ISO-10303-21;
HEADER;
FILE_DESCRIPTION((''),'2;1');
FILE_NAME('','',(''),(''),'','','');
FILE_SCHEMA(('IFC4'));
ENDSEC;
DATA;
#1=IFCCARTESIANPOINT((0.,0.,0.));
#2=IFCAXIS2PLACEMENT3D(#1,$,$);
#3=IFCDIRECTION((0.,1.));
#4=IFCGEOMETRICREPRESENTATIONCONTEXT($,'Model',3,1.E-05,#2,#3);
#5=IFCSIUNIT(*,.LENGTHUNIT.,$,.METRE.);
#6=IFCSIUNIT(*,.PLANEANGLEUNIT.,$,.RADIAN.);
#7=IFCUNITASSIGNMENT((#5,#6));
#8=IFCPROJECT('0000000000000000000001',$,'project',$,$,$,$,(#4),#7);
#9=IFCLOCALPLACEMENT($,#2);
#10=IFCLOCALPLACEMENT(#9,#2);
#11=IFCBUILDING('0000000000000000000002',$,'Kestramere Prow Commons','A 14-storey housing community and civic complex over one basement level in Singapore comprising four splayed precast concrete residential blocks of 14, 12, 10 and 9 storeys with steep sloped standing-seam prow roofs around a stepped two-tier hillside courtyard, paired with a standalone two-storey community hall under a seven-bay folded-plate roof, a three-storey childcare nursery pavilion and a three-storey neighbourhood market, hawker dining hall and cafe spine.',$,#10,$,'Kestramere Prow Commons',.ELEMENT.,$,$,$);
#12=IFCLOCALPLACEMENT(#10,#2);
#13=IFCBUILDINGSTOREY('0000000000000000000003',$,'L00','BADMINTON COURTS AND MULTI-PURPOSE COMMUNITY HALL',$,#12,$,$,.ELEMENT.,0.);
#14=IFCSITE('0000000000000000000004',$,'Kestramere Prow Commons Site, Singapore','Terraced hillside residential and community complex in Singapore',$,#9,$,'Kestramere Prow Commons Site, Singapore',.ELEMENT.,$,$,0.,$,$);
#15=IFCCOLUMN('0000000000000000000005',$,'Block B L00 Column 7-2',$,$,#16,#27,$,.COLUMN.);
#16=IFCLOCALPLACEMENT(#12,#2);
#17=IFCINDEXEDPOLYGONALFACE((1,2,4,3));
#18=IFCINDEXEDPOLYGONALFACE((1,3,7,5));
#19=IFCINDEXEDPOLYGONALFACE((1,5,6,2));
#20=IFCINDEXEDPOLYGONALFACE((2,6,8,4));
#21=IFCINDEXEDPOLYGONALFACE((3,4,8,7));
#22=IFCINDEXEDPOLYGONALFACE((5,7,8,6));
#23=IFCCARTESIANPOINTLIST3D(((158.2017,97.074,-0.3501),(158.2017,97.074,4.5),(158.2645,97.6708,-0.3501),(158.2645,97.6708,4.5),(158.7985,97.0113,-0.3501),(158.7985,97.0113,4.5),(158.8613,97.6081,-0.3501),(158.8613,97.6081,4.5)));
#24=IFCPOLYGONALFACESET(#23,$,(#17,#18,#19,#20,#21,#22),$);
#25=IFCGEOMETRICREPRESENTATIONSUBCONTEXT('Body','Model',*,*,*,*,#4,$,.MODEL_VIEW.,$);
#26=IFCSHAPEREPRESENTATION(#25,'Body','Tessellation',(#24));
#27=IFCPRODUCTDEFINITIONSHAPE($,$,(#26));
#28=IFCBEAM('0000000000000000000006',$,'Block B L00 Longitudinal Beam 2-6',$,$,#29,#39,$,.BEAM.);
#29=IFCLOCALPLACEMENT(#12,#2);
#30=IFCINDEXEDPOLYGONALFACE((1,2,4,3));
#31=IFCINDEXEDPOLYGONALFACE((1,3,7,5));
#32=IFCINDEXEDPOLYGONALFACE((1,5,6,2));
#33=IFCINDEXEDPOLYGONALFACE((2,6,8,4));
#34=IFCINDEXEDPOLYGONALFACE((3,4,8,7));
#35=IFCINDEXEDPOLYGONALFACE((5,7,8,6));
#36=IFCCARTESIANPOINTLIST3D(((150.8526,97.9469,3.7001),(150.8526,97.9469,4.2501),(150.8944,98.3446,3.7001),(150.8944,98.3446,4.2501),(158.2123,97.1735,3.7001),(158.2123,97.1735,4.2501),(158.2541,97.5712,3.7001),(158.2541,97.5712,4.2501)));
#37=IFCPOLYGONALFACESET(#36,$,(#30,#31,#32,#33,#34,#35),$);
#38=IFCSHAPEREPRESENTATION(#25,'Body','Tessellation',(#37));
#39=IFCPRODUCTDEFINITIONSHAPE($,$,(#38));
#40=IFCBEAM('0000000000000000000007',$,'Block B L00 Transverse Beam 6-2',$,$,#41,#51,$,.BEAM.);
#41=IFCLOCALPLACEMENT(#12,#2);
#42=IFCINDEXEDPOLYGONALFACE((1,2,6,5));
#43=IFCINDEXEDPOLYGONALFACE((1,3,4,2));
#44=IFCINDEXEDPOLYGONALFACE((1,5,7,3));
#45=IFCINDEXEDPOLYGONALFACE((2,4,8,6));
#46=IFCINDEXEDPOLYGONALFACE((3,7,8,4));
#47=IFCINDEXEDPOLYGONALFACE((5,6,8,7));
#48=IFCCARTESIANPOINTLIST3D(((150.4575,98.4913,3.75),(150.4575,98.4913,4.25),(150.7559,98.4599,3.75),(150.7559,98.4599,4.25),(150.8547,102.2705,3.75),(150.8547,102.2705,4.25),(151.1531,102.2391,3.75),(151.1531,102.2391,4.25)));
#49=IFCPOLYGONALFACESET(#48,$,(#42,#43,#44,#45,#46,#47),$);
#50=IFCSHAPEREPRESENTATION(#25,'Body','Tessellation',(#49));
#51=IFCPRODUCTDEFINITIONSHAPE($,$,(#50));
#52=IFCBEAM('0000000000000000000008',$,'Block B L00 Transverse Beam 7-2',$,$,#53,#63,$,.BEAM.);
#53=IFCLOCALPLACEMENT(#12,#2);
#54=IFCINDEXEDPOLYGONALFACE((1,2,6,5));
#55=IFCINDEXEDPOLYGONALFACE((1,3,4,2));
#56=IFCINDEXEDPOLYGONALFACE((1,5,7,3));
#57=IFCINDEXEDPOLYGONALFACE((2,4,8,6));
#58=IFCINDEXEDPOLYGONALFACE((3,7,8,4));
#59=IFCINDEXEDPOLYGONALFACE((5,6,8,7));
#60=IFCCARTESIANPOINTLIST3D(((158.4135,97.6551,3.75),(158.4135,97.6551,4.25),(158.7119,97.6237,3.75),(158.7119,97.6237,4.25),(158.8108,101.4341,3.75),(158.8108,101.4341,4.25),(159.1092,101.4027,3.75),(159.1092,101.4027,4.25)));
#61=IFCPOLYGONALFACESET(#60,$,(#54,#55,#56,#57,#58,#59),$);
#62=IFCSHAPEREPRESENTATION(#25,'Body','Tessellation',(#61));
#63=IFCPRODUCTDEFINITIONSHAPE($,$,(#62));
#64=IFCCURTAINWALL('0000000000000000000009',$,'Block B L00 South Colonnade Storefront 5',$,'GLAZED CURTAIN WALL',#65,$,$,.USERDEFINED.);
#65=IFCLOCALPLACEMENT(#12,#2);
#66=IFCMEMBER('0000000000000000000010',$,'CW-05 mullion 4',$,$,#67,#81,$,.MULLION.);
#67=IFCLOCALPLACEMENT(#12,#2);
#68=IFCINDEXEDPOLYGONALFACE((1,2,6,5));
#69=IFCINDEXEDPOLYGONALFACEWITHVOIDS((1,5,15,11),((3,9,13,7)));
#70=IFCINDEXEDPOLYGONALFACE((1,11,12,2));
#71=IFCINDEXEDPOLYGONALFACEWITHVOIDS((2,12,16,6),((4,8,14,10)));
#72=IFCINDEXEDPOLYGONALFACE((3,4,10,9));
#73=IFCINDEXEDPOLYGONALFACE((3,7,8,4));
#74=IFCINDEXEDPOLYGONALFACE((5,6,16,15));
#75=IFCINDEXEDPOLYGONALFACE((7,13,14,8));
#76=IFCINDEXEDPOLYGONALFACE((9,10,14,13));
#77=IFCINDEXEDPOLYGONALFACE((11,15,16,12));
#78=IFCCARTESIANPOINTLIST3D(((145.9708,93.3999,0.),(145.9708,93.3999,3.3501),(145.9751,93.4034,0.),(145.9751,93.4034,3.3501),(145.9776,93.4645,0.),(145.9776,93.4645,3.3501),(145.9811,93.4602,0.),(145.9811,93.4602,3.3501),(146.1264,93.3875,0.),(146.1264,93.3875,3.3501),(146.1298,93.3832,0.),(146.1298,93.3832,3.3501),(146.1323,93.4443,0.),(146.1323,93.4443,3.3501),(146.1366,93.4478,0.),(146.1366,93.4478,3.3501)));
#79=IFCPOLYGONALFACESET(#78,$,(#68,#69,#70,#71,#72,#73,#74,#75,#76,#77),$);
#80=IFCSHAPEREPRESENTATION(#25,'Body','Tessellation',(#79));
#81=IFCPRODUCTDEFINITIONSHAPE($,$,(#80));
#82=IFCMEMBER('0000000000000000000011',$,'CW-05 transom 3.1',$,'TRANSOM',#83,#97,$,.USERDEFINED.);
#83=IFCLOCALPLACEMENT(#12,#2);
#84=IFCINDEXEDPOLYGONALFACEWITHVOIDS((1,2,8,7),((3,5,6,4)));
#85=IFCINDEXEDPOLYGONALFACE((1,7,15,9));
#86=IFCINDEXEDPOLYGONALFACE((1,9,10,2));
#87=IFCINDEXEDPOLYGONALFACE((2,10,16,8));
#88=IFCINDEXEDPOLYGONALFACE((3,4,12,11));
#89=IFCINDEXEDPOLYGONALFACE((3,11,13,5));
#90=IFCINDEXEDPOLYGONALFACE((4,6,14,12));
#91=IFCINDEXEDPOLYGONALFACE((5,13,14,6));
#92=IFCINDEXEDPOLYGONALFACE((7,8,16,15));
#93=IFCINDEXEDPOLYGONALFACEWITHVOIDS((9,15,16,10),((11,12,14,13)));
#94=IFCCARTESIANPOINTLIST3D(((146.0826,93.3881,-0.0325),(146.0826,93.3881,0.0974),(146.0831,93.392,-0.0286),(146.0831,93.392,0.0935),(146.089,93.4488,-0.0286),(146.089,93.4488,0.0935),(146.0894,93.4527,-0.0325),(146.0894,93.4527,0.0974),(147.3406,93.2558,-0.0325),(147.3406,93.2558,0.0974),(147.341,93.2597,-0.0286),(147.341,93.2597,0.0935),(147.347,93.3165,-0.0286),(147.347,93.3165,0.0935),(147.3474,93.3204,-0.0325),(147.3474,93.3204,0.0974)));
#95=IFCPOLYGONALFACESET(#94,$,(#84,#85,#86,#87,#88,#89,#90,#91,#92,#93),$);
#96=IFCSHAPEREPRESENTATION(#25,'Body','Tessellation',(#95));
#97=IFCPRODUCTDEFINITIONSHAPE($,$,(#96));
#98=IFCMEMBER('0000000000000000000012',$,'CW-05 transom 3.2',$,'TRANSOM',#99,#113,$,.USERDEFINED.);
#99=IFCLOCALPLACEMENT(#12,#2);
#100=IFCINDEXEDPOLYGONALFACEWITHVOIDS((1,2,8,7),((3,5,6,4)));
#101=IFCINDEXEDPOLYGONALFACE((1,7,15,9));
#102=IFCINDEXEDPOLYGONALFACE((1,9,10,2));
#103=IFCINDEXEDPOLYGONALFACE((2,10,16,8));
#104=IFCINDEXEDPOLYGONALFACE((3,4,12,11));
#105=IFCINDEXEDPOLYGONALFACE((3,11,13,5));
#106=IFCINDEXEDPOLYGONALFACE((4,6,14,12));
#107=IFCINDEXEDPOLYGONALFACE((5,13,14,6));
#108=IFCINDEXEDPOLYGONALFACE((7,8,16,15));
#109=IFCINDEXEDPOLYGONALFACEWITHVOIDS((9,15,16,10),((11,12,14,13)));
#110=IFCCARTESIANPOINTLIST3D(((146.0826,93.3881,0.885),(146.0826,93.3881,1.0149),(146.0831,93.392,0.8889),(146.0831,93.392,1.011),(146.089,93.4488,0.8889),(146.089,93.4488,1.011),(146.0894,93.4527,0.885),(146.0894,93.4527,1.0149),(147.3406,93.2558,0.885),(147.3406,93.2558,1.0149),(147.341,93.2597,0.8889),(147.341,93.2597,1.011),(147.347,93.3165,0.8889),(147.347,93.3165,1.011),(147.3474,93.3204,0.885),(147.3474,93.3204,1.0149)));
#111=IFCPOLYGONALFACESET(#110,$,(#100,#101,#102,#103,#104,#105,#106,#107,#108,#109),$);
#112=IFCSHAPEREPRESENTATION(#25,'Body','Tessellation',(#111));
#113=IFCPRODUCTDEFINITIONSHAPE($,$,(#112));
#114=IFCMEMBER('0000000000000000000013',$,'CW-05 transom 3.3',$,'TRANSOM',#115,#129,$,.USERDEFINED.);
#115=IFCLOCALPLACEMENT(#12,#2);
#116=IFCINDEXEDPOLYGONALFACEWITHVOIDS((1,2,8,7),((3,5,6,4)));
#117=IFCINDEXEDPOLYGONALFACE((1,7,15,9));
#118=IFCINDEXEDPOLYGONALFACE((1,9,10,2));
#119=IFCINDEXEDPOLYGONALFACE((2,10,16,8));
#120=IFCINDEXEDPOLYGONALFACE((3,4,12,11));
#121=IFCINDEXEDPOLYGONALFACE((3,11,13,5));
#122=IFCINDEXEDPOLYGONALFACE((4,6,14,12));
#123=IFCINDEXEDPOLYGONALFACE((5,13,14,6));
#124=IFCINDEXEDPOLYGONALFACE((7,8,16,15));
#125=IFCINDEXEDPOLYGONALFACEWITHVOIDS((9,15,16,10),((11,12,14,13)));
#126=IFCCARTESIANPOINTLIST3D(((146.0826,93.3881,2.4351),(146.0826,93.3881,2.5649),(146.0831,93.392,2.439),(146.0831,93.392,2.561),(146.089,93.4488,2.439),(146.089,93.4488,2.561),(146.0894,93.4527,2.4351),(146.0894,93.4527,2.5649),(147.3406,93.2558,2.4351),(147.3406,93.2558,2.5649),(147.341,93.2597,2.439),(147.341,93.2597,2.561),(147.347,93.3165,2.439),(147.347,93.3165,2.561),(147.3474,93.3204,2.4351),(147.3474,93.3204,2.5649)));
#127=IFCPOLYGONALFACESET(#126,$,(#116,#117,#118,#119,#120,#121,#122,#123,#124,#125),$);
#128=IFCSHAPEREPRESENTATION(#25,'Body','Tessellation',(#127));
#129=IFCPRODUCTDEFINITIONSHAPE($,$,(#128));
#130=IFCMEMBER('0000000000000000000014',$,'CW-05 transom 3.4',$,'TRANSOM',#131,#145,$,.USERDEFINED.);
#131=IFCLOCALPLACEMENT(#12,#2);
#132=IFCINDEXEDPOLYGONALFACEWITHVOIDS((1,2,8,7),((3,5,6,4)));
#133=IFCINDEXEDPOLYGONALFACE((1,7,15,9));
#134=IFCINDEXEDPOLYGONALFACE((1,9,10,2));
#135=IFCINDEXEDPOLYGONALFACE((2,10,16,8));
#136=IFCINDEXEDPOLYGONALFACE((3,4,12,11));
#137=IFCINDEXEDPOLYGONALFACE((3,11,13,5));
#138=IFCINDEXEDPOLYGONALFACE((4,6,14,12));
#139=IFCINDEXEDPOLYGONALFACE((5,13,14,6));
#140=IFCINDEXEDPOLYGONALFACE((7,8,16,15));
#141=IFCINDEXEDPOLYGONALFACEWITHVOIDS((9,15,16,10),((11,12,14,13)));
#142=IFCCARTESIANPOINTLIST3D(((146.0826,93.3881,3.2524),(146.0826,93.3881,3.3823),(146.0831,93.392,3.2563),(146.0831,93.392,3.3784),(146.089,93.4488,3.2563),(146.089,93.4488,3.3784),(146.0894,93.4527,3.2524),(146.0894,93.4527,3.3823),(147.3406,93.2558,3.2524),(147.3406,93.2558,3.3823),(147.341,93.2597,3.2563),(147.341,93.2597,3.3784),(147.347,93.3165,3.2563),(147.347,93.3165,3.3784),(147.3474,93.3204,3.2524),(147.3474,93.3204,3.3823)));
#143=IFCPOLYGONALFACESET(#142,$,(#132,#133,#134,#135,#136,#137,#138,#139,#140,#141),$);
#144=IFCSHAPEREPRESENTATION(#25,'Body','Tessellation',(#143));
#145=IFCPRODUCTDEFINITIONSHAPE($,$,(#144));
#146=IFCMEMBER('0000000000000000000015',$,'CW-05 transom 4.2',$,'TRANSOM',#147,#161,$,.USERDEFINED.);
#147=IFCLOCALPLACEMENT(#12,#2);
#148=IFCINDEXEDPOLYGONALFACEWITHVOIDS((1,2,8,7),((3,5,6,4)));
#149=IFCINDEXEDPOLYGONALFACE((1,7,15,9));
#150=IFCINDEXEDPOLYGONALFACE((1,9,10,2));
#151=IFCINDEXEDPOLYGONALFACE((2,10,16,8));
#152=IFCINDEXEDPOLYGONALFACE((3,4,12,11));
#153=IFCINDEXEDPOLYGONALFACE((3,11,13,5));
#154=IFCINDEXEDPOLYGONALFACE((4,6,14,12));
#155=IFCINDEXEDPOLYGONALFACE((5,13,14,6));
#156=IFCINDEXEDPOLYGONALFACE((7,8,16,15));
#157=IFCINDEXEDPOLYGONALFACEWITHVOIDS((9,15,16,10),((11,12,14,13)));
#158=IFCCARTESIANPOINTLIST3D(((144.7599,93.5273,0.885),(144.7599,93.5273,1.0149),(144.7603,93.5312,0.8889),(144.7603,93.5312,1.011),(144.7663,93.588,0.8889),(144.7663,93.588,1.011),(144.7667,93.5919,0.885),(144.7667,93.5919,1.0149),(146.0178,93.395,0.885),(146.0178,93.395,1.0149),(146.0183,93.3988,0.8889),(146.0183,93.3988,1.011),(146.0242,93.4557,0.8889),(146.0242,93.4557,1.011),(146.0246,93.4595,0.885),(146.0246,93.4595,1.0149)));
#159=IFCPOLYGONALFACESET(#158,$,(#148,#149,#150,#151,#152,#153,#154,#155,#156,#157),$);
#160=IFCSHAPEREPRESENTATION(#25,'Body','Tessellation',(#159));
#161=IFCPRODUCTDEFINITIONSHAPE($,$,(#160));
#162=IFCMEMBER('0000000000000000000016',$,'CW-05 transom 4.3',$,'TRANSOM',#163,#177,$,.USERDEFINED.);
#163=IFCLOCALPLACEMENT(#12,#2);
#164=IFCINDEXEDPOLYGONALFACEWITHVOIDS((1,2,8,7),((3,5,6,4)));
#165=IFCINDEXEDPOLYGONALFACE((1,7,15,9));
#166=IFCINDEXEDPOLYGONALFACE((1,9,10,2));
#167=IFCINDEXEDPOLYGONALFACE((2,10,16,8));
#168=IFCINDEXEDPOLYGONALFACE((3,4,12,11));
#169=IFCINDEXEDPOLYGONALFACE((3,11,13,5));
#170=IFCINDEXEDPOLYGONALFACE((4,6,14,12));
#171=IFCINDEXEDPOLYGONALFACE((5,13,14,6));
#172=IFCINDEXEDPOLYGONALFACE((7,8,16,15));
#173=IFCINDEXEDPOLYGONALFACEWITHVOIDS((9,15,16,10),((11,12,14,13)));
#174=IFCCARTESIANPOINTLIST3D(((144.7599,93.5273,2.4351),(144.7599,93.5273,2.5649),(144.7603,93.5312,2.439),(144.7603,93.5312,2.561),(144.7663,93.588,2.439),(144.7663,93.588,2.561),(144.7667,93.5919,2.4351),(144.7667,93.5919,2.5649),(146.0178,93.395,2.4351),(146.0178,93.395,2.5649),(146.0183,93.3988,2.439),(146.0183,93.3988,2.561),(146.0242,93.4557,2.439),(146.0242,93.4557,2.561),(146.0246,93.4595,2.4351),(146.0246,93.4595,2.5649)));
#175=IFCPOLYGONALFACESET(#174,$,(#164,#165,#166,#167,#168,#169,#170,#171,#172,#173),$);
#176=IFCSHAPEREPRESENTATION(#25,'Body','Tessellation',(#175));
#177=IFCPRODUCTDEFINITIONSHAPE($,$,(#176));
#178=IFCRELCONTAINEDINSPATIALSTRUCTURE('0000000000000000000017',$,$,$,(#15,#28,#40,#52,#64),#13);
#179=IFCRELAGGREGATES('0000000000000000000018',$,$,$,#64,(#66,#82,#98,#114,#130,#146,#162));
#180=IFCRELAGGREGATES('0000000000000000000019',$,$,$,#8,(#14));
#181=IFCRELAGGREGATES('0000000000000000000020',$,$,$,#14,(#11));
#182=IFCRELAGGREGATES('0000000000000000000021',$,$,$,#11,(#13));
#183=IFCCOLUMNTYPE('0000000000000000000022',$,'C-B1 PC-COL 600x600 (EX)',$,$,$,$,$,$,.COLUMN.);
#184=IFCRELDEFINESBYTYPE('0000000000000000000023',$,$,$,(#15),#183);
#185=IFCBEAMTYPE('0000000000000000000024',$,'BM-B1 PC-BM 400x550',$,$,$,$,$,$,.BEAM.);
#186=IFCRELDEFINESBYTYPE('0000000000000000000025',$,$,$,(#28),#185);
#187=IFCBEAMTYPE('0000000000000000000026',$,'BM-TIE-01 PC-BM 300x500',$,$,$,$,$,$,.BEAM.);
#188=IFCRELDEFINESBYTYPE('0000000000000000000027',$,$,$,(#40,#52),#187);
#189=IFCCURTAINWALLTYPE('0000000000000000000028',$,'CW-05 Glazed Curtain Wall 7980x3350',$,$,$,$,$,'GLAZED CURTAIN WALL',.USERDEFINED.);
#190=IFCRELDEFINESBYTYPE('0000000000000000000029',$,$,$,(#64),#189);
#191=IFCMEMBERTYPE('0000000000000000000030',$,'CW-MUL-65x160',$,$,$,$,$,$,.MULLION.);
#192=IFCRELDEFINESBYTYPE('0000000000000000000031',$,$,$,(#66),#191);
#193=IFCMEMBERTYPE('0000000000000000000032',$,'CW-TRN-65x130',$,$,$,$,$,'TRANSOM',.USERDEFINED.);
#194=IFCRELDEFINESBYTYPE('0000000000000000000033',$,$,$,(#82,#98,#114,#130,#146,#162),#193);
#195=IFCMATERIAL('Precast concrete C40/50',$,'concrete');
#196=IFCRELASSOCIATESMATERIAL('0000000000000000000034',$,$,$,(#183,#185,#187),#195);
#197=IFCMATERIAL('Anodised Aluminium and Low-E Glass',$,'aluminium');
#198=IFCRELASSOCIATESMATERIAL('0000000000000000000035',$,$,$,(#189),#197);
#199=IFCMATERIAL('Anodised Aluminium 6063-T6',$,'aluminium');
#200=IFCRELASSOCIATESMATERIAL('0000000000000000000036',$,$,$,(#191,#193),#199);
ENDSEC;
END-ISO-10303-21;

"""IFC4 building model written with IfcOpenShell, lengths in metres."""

from ifc_helpers import new_model, si_unit, direction, frame, origin, origin_2d, place, context, subcontext, project, spatial, rectangle, hollow_rectangle, extrude, material, material_profile, profile_set, type_object, element, aggregate, save


model = new_model("IFC4")

# Units and contexts
model_context = context("Model", 3, precision=1e-05, world=origin(), true_north=direction((0.0, 1.0)))
body_context = subcontext(model_context, "Body", "Model", "MODEL_VIEW")
ifc_project = project(units=[si_unit("LENGTHUNIT", "METRE"), si_unit("PLANEANGLEUNIT", "RADIAN")], contexts=[model_context])

# Site, building, storey
site_placement = place(None, origin())
site = spatial("IfcSite", under=ifc_project, at=site_placement, Name="Kestramere Prow Commons Site, Singapore", Description="Terraced hillside residential and community complex in Singapore", LongName="Kestramere Prow Commons Site, Singapore", CompositionType="ELEMENT", RefElevation=0.0)
building_placement = place(site_placement, origin())
building = spatial("IfcBuilding", under=site, at=building_placement, Name="Kestramere Prow Commons", Description="A 14-storey housing community and civic complex over one basement level in Singapore comprising four splayed precast concrete residential blocks of 14, 12, 10 and 9 storeys with steep sloped standing-seam prow roofs around a stepped two-tier hillside courtyard, paired with a standalone two-storey community hall under a seven-bay folded-plate roof, a three-storey childcare nursery pavilion and a three-storey neighbourhood market, hawker dining hall and cafe spine.", LongName="Kestramere Prow Commons", CompositionType="ELEMENT")
storey_placement = place(building_placement, origin())
storey = spatial("IfcBuildingStorey", under=building, at=storey_placement, Name="L00", Description="BADMINTON COURTS AND MULTI-PURPOSE COMMUNITY HALL", CompositionType="ELEMENT", Elevation=0.0)

# Column
ifc_material_1 = material(Name="Precast concrete C40/50", Category="concrete")
ifc_material_profile_1 = material_profile(ifc_material_1, rectangle(XDim=0.6001, YDim=0.6001, at=origin_2d()), Name="PC-COL 600x600")
ifc_profile_set_1 = profile_set([ifc_material_profile_1], Name="Precast concrete C40/50")
column_type_1 = type_object("IfcColumnType", Name="C-B1 PC-COL 600x600 (EX)", PredefinedType="COLUMN", material=ifc_profile_set_1)
column_1_placement = place(storey_placement, frame((158.5315, 97.3411, -0.3501), z_axis=(0.0, 0.0, 1.0), x_axis=(0.994522, -0.104528, 0.0)))
element("IfcColumn", 1, at=column_1_placement, inside=storey, type_object=column_type_1, Name="Block B L00 Column 7-2", PredefinedType="COLUMN", context=body_context, shape_type="SweptSolid", body=[
    extrude(rectangle(XDim=0.6001, YDim=0.6001, at=origin_2d()), origin(), (0.0, 0.0, 1.0), 4.8501),
])

# Beams
ifc_material_profile_2 = material_profile(ifc_material_1, rectangle(XDim=0.3999, YDim=0.55, at=origin_2d()), Name="PC-BM 400x550")
ifc_profile_set_2 = profile_set([ifc_material_profile_2], Name="Precast concrete C40/50")
beam_type_1 = type_object("IfcBeamType", Name="BM-B1 PC-BM 400x550", PredefinedType="BEAM", material=ifc_profile_set_2)
beam_1_placement = place(storey_placement, frame((150.8735, 98.1458, 3.9751), z_axis=(0.994523, -0.104516, 0.0), x_axis=(0.104516, 0.994523, 0.0)))
element("IfcBeam", 2, at=beam_1_placement, inside=storey, type_object=beam_type_1, Name="Block B L00 Longitudinal Beam 2-6", PredefinedType="BEAM", context=body_context, shape_type="SweptSolid", body=[
    extrude(rectangle(XDim=0.3999, YDim=0.55, at=origin_2d()), origin(), (0.0, 0.0, 1.0), 7.4001),
])
ifc_material_profile_3 = material_profile(ifc_material_1, rectangle(XDim=0.3, YDim=0.5, at=origin_2d()), Name="PC-BM 300x500")
ifc_profile_set_3 = profile_set([ifc_material_profile_3], Name="Precast concrete C40/50")
beam_type_2 = type_object("IfcBeamType", Name="BM-TIE-01 PC-BM 300x500", PredefinedType="BEAM", material=ifc_profile_set_3)
beam_2_placement = place(storey_placement, frame((150.6067, 98.4756, 4.0), z_axis=(0.104528, 0.994522, 0.0), x_axis=(-0.994522, 0.104528, 0.0)))
element("IfcBeam", 3, at=beam_2_placement, inside=storey, type_object=beam_type_2, Name="Block B L00 Transverse Beam 6-2", PredefinedType="BEAM", context=body_context, shape_type="SweptSolid", body=[
    extrude(rectangle(XDim=0.3, YDim=0.5, at=origin_2d()), origin(), (0.0, 0.0, 1.0), 3.8),
])
beam_3_placement = place(storey_placement, frame((158.5627, 97.6394, 4.0), z_axis=(0.104534, 0.994521, 0.0), x_axis=(-0.994521, 0.104534, 0.0)))
element("IfcBeam", 4, at=beam_3_placement, inside=storey, type_object=beam_type_2, Name="Block B L00 Transverse Beam 7-2", PredefinedType="BEAM", context=body_context, shape_type="SweptSolid", body=[
    extrude(rectangle(XDim=0.3, YDim=0.5, at=origin_2d()), origin(), (0.0, 0.0, 1.0), 3.7998),
])

# Curtain wall, members
ifc_material_2 = material(Name="Anodised Aluminium and Low-E Glass", Category="aluminium")
curtain_wall_type = type_object("IfcCurtainWallType", Name="CW-05 Glazed Curtain Wall 7980x3350", ElementType="GLAZED CURTAIN WALL", PredefinedType="USERDEFINED", material=ifc_material_2)
curtain_wall_placement = place(storey_placement, origin())
curtain_wall = element("IfcCurtainWall", 5, at=curtain_wall_placement, inside=storey, type_object=curtain_wall_type, Name="Block B L00 South Colonnade Storefront 5", ObjectType="GLAZED CURTAIN WALL", PredefinedType="USERDEFINED")
ifc_material_3 = material(Name="Anodised Aluminium 6063-T6", Category="aluminium")
ifc_material_profile_4 = material_profile(ifc_material_3, hollow_rectangle(XDim=0.0649, YDim=0.1599, WallThickness=0.0039, at=origin_2d()), Name="ALU-MUL 65x160")
ifc_profile_set_4 = profile_set([ifc_material_profile_4], Name="Anodised Aluminium 6063-T6")
member_type_1 = type_object("IfcMemberType", Name="CW-MUL-65x160", PredefinedType="MULLION", material=ifc_profile_set_4)
member_1_placement = place(storey_placement, frame((146.0537, 93.4238, 0.0), z_axis=(0.0, 0.0, 1.0), x_axis=(-0.104528, -0.994522, 0.0)))
member_1 = element("IfcMember", 6, at=member_1_placement, type_object=member_type_1, Name="CW-05 mullion 4", PredefinedType="MULLION", context=body_context, shape_type="SweptSolid", body=[
    extrude(hollow_rectangle(XDim=0.0649, YDim=0.1599, WallThickness=0.0039, at=origin_2d()), origin(), (0.0, 0.0, 1.0), 3.3501),
])
ifc_material_profile_5 = material_profile(ifc_material_3, hollow_rectangle(XDim=0.0649, YDim=0.1299, WallThickness=0.0039, at=origin_2d()), Name="ALU-TRN 65x130")
ifc_profile_set_5 = profile_set([ifc_material_profile_5], Name="Anodised Aluminium 6063-T6")
member_type_2 = type_object("IfcMemberType", Name="CW-TRN-65x130", ElementType="TRANSOM", PredefinedType="USERDEFINED", material=ifc_profile_set_5)
member_2_placement = place(storey_placement, frame((147.344, 93.2881, 0.0325), z_axis=(-0.994514, 0.104604, 0.0), x_axis=(-0.104604, -0.994514, 0.0)))
member_2 = element("IfcMember", 7, at=member_2_placement, type_object=member_type_2, Name="CW-05 transom 3.1", ObjectType="TRANSOM", PredefinedType="USERDEFINED", context=body_context, shape_type="SweptSolid", body=[
    extrude(hollow_rectangle(XDim=0.0649, YDim=0.1299, WallThickness=0.0039, at=origin_2d()), origin(), (0.0, 0.0, 1.0), 1.2649),
])
member_3_placement = place(storey_placement, frame((147.344, 93.2881, 0.95), z_axis=(-0.994514, 0.104604, 0.0), x_axis=(-0.104604, -0.994514, 0.0)))
member_3 = element("IfcMember", 8, at=member_3_placement, type_object=member_type_2, Name="CW-05 transom 3.2", ObjectType="TRANSOM", PredefinedType="USERDEFINED", context=body_context, shape_type="SweptSolid", body=[
    extrude(hollow_rectangle(XDim=0.0649, YDim=0.1299, WallThickness=0.0039, at=origin_2d()), origin(), (0.0, 0.0, 1.0), 1.2649),
])
member_4_placement = place(storey_placement, frame((147.344, 93.2881, 2.5), z_axis=(-0.994514, 0.104604, 0.0), x_axis=(-0.104604, -0.994514, 0.0)))
member_4 = element("IfcMember", 9, at=member_4_placement, type_object=member_type_2, Name="CW-05 transom 3.3", ObjectType="TRANSOM", PredefinedType="USERDEFINED", context=body_context, shape_type="SweptSolid", body=[
    extrude(hollow_rectangle(XDim=0.0649, YDim=0.1299, WallThickness=0.0039, at=origin_2d()), origin(), (0.0, 0.0, 1.0), 1.2649),
])
member_5_placement = place(storey_placement, frame((147.344, 93.2881, 3.3174), z_axis=(-0.994514, 0.104604, 0.0), x_axis=(-0.104604, -0.994514, 0.0)))
member_5 = element("IfcMember", 10, at=member_5_placement, type_object=member_type_2, Name="CW-05 transom 3.4", ObjectType="TRANSOM", PredefinedType="USERDEFINED", context=body_context, shape_type="SweptSolid", body=[
    extrude(hollow_rectangle(XDim=0.0649, YDim=0.1299, WallThickness=0.0039, at=origin_2d()), origin(), (0.0, 0.0, 1.0), 1.2649),
])
member_6_placement = place(storey_placement, frame((146.0212, 93.4272, 0.95), z_axis=(-0.994514, 0.104604, 0.0), x_axis=(-0.104604, -0.994514, 0.0)))
member_6 = element("IfcMember", 11, at=member_6_placement, type_object=member_type_2, Name="CW-05 transom 4.2", ObjectType="TRANSOM", PredefinedType="USERDEFINED", context=body_context, shape_type="SweptSolid", body=[
    extrude(hollow_rectangle(XDim=0.0649, YDim=0.1299, WallThickness=0.0039, at=origin_2d()), origin(), (0.0, 0.0, 1.0), 1.2649),
])
member_7_placement = place(storey_placement, frame((146.0212, 93.4272, 2.5), z_axis=(-0.994514, 0.104604, 0.0), x_axis=(-0.104604, -0.994514, 0.0)))
member_7 = element("IfcMember", 12, at=member_7_placement, type_object=member_type_2, Name="CW-05 transom 4.3", ObjectType="TRANSOM", PredefinedType="USERDEFINED", context=body_context, shape_type="SweptSolid", body=[
    extrude(hollow_rectangle(XDim=0.0649, YDim=0.1299, WallThickness=0.0039, at=origin_2d()), origin(), (0.0, 0.0, 1.0), 1.2649),
])
aggregate(curtain_wall, [member_1, member_2, member_3, member_4, member_5, member_6, member_7])

save(model, "model.ifc")
